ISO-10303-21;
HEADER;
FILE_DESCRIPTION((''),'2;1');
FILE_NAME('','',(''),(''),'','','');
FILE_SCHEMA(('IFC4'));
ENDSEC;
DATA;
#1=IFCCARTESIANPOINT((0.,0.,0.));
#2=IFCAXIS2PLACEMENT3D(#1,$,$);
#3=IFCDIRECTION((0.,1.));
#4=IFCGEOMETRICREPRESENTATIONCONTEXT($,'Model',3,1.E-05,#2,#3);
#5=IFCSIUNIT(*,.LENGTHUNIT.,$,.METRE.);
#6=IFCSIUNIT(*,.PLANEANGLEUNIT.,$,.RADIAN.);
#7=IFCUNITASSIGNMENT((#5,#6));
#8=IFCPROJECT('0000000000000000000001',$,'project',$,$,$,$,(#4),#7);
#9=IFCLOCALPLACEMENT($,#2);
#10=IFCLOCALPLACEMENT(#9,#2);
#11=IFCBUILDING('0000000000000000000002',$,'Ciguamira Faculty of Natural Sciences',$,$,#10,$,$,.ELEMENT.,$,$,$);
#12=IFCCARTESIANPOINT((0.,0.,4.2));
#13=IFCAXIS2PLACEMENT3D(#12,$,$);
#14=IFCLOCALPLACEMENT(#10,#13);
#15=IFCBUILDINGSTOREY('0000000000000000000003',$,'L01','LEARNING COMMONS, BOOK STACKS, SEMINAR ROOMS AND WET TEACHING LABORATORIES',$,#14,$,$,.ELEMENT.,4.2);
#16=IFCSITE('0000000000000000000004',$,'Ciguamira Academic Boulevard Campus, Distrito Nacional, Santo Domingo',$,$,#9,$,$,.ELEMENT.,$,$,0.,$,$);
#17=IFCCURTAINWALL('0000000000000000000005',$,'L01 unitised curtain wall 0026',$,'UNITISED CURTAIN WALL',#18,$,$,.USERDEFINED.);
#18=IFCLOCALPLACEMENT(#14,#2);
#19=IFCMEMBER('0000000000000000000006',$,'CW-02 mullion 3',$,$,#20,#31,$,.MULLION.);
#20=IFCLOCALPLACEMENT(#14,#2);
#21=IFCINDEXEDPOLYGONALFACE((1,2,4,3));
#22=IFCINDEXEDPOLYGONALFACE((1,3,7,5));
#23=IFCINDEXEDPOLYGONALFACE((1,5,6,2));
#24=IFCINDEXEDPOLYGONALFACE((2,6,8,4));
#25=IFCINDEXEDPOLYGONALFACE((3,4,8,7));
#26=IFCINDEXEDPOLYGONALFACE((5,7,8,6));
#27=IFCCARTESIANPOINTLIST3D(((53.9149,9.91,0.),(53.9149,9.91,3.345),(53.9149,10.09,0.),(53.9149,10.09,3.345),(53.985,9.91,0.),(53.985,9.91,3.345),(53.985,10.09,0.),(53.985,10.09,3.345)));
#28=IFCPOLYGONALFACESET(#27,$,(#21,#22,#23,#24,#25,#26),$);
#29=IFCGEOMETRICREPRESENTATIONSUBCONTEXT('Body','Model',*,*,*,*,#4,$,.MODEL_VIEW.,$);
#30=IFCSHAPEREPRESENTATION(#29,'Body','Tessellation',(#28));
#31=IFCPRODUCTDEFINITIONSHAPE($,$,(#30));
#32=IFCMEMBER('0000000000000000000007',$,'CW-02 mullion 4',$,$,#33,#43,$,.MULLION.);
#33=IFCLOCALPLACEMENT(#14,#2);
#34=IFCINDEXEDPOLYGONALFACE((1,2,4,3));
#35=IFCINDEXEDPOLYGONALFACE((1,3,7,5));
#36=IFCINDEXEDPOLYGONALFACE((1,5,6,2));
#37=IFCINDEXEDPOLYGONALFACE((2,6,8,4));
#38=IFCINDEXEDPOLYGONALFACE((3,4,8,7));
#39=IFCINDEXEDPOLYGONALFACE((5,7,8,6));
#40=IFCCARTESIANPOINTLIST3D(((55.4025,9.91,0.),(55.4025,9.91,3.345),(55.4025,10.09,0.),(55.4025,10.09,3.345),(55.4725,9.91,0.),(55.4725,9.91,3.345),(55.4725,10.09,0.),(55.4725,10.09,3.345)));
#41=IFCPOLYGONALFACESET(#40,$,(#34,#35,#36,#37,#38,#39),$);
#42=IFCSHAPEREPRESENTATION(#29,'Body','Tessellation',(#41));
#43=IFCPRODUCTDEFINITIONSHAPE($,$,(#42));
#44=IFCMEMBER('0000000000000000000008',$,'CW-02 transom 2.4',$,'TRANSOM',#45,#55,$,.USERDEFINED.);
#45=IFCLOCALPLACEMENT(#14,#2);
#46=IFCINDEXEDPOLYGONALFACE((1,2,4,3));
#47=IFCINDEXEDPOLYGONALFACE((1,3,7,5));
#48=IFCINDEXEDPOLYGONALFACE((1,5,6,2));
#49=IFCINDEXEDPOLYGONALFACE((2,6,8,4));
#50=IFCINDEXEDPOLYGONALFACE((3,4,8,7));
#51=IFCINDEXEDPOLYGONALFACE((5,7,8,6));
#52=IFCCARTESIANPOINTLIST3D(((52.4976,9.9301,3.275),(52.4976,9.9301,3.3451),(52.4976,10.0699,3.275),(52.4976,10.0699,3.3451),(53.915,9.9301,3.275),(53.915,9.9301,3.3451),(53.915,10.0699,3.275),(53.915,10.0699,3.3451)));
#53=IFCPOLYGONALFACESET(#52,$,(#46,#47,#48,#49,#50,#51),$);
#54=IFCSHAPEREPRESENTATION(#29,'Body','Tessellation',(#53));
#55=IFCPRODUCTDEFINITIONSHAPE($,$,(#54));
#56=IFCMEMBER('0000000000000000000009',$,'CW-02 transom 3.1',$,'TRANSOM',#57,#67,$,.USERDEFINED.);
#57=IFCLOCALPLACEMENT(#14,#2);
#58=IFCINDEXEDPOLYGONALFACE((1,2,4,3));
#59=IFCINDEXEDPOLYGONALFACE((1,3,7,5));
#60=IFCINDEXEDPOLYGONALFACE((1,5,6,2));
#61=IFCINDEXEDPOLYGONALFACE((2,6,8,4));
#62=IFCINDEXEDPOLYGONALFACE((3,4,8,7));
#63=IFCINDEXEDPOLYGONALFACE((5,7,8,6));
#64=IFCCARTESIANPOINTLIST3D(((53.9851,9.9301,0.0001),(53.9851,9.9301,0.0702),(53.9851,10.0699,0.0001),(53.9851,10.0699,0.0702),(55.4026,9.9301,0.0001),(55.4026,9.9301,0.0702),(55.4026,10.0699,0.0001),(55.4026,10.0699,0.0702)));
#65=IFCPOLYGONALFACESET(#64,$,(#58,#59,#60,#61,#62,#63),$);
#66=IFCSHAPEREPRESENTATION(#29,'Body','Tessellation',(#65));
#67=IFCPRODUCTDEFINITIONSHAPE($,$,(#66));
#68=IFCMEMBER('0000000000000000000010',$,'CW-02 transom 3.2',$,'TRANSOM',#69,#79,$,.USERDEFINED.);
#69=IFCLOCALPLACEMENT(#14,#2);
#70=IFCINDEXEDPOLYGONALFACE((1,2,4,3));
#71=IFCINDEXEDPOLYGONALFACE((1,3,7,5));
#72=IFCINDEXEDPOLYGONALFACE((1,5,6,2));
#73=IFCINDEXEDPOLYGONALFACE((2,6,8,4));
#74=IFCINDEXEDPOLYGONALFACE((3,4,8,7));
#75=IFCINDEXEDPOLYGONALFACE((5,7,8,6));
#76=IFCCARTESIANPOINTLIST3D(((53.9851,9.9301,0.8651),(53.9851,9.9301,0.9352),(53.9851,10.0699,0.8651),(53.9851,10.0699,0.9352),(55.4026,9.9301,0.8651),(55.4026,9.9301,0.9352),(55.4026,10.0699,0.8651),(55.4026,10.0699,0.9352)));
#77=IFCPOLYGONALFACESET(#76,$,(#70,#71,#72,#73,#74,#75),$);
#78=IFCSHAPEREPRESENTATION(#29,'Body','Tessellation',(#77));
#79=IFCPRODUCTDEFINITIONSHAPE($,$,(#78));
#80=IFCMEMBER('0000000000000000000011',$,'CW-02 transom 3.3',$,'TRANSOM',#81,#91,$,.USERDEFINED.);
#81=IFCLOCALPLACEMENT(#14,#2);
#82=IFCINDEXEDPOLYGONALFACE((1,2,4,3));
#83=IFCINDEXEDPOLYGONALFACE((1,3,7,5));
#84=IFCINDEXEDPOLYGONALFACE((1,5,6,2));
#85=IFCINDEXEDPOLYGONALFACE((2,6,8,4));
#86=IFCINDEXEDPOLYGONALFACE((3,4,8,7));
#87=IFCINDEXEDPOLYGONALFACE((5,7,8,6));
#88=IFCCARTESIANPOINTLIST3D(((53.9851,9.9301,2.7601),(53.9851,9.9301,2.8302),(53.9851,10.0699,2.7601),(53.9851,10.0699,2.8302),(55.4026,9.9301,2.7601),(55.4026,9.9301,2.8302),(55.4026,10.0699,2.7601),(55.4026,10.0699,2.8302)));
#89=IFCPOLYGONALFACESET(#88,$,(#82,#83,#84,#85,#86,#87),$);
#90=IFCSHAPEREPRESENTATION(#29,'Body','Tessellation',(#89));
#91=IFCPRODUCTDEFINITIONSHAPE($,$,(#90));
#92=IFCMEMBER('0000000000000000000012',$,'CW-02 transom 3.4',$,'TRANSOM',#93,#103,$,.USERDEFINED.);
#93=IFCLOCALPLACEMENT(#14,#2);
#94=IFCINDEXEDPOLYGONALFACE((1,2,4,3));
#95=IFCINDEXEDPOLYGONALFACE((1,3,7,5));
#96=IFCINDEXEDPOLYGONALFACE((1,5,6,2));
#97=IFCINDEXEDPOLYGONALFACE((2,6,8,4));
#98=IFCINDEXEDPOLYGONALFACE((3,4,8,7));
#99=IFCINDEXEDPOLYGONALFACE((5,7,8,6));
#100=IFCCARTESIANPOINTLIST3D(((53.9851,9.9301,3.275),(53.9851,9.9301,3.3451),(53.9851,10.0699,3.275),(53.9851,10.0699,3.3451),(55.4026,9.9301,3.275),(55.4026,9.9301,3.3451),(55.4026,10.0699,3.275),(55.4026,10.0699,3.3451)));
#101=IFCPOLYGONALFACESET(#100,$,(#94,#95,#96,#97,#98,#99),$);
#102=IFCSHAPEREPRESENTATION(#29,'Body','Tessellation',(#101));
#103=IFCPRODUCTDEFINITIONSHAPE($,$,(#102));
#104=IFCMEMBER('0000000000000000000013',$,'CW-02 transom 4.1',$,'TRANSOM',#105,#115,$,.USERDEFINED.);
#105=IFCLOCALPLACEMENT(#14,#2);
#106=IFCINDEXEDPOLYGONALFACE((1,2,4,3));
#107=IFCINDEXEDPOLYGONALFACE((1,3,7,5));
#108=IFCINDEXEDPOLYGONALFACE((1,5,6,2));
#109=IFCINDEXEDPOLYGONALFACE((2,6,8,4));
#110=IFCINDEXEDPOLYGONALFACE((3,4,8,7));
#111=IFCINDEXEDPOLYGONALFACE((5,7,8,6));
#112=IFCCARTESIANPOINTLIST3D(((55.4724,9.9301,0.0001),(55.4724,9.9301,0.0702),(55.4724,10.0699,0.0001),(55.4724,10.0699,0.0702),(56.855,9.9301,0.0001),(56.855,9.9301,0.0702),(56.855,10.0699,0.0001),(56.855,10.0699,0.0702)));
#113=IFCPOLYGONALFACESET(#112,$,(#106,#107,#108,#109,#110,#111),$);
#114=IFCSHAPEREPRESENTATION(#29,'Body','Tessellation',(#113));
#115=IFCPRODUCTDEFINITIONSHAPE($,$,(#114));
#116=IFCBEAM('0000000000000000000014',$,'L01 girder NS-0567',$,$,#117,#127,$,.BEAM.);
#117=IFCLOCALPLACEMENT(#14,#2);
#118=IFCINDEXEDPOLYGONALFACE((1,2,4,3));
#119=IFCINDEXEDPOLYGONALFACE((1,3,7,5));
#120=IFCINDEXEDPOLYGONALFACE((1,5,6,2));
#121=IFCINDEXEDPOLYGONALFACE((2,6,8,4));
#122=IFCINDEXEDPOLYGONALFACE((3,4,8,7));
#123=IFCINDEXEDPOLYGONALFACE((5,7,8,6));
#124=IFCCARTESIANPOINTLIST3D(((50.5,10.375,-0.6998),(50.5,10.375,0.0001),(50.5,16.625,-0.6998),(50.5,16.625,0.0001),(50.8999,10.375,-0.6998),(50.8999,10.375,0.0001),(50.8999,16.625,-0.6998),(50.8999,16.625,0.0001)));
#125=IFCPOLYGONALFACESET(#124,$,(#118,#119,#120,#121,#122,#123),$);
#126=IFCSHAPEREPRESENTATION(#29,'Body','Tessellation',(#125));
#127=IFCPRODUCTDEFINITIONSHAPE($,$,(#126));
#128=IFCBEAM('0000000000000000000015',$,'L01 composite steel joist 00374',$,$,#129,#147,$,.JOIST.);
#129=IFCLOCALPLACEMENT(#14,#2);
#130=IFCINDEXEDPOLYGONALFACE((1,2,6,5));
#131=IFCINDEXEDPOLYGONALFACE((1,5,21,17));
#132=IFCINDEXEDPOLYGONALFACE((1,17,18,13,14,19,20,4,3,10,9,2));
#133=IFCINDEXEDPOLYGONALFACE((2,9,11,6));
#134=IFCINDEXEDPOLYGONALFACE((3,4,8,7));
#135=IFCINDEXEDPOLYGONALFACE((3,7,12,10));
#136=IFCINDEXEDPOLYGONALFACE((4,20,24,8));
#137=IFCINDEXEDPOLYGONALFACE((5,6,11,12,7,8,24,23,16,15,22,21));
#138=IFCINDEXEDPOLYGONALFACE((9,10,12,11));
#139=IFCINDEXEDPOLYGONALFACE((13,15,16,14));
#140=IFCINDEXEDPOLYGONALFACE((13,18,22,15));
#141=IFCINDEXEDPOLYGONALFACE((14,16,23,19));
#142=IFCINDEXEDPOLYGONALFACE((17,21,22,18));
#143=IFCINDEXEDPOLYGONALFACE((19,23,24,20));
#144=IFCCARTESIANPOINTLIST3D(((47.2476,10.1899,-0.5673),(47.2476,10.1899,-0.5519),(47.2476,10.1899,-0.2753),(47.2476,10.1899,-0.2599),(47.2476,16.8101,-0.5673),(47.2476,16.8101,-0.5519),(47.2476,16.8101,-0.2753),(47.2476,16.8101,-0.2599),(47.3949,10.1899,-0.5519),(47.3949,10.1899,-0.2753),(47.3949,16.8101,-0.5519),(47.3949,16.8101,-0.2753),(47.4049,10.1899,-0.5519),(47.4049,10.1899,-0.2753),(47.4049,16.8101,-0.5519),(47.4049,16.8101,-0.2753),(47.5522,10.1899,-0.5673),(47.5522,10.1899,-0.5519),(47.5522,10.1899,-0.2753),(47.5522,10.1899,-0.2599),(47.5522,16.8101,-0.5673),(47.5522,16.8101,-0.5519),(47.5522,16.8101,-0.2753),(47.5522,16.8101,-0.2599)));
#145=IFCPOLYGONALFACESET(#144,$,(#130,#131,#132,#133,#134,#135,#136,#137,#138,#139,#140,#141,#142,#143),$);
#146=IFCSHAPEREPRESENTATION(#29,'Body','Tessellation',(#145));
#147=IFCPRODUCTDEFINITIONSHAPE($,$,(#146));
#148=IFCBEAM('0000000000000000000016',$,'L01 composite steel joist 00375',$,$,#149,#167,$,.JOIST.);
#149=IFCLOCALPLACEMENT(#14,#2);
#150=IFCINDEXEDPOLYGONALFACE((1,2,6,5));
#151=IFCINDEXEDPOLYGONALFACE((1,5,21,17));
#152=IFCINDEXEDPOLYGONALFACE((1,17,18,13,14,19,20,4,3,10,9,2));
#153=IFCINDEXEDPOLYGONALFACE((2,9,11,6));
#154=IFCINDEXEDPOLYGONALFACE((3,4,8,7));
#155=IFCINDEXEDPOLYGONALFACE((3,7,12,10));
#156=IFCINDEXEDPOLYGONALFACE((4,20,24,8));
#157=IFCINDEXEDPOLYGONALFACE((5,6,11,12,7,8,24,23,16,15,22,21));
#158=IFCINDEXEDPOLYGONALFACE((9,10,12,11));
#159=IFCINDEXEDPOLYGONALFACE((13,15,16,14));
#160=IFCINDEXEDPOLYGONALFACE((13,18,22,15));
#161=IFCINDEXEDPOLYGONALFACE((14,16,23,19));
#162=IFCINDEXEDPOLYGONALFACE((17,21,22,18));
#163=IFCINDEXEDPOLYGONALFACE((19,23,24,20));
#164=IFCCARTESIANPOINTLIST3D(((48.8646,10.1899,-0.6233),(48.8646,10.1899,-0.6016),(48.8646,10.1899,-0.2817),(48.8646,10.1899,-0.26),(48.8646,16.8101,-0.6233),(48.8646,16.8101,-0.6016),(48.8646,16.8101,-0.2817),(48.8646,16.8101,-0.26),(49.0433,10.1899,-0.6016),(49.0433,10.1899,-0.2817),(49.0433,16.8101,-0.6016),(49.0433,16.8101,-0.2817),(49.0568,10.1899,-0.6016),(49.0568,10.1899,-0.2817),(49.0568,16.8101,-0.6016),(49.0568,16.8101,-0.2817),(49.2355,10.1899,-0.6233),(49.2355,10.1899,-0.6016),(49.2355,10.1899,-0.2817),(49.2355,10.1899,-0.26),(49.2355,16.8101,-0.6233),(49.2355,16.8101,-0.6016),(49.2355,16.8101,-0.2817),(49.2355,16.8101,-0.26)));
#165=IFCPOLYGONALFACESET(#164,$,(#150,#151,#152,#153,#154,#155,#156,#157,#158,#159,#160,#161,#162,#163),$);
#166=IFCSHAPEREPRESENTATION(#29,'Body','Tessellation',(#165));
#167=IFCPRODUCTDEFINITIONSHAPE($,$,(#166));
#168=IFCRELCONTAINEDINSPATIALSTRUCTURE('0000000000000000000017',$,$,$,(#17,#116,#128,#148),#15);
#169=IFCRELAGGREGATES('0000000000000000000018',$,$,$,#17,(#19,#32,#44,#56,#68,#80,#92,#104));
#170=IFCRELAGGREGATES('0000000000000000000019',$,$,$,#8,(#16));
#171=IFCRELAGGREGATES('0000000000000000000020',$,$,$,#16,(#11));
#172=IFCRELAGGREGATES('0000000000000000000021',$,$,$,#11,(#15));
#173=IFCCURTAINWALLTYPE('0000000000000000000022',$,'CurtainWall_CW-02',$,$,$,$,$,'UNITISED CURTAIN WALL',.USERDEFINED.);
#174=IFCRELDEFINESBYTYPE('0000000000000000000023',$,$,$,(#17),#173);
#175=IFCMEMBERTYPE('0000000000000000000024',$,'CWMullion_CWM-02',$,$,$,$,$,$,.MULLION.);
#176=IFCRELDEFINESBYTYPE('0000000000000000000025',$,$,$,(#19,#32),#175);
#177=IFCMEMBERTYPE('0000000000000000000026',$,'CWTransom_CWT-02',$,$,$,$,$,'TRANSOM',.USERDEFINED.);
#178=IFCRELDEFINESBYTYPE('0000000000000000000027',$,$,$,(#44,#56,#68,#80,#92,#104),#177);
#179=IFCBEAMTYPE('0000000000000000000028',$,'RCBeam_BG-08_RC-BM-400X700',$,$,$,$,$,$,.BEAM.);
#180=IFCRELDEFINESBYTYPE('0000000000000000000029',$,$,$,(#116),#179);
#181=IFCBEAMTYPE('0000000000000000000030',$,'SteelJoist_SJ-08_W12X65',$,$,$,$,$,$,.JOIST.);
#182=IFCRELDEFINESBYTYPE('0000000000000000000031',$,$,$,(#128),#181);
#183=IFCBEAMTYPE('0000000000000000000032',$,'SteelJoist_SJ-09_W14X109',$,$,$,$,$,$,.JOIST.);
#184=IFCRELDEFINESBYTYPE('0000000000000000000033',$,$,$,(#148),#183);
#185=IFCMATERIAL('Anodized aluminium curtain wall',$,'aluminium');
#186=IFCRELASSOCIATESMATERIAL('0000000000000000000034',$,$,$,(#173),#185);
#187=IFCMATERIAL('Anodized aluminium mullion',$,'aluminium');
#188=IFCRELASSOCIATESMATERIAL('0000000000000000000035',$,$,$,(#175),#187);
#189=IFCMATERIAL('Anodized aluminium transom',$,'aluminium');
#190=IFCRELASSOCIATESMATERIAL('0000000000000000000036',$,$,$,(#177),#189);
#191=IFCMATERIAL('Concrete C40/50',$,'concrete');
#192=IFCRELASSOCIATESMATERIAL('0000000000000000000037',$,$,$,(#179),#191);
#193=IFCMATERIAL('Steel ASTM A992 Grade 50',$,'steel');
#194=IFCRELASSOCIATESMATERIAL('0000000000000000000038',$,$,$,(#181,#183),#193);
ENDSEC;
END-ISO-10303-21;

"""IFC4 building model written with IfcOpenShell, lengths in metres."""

from ifc_helpers import new_model, si_unit, direction, frame, origin, origin_2d, place, context, subcontext, project, spatial, rectangle, i_section, extrude, material, material_profile, profile_set, type_object, element, aggregate, save


model = new_model("IFC4")

# Units and contexts
model_context = context("Model", 3, precision=1e-05, world=origin(), true_north=direction((0.0, 1.0)))
body_context = subcontext(model_context, "Body", "Model", "MODEL_VIEW")
ifc_project = project(units=[si_unit("LENGTHUNIT", "METRE"), si_unit("PLANEANGLEUNIT", "RADIAN")], contexts=[model_context])

# Site, building, storey
site_placement = place(None, origin())
site = spatial("IfcSite", under=ifc_project, at=site_placement, Name="Ciguamira Academic Boulevard Campus, Distrito Nacional, Santo Domingo", CompositionType="ELEMENT", RefElevation=0.0)
building_placement = place(site_placement, origin())
building = spatial("IfcBuilding", under=site, at=building_placement, Name="Ciguamira Faculty of Natural Sciences", CompositionType="ELEMENT")
storey_placement = place(building_placement, frame((0.0, 0.0, 4.2)))
storey = spatial("IfcBuildingStorey", under=building, at=storey_placement, Name="L01", Description="LEARNING COMMONS, BOOK STACKS, SEMINAR ROOMS AND WET TEACHING LABORATORIES", CompositionType="ELEMENT", Elevation=4.2)

# Curtain wall, members
ifc_material_1 = material(Name="Anodized aluminium curtain wall", Category="aluminium")
curtain_wall_type = type_object("IfcCurtainWallType", Name="CurtainWall_CW-02", ElementType="UNITISED CURTAIN WALL", PredefinedType="USERDEFINED", material=ifc_material_1)
curtain_wall_placement = place(storey_placement, origin())
curtain_wall = element("IfcCurtainWall", 1, at=curtain_wall_placement, inside=storey, type_object=curtain_wall_type, Name="L01 unitised curtain wall 0026", ObjectType="UNITISED CURTAIN WALL", PredefinedType="USERDEFINED")
ifc_material_2 = material(Name="Anodized aluminium mullion", Category="aluminium")
ifc_material_profile_1 = material_profile(ifc_material_2, rectangle(XDim=0.0701, YDim=0.1799, at=origin_2d()), Name="ALU-MUL-70X180")
ifc_profile_set_1 = profile_set([ifc_material_profile_1], Name="Anodized aluminium mullion")
member_type_1 = type_object("IfcMemberType", Name="CWMullion_CWM-02", PredefinedType="MULLION", material=ifc_profile_set_1)
member_1_placement = place(storey_placement, frame((53.95, 10.0, 0.0), z_axis=(0.0, 0.0, 1.0), x_axis=(1.0, 0.0, 0.0)))
member_1 = element("IfcMember", 2, at=member_1_placement, type_object=member_type_1, Name="CW-02 mullion 3", PredefinedType="MULLION", context=body_context, shape_type="SweptSolid", body=[
    extrude(rectangle(XDim=0.0701, YDim=0.1799, at=origin_2d()), origin(), (0.0, 0.0, 1.0), 3.345),
])
member_2_placement = place(storey_placement, frame((55.4375, 10.0, 0.0), z_axis=(0.0, 0.0, 1.0), x_axis=(1.0, 0.0, 0.0)))
member_2 = element("IfcMember", 3, at=member_2_placement, type_object=member_type_1, Name="CW-02 mullion 4", PredefinedType="MULLION", context=body_context, shape_type="SweptSolid", body=[
    extrude(rectangle(XDim=0.0701, YDim=0.1799, at=origin_2d()), origin(), (0.0, 0.0, 1.0), 3.345),
])
ifc_material_3 = material(Name="Anodized aluminium transom", Category="aluminium")
ifc_material_profile_2 = material_profile(ifc_material_3, rectangle(XDim=0.0701, YDim=0.1399, at=origin_2d()), Name="ALU-TRN-70X140")
ifc_profile_set_2 = profile_set([ifc_material_profile_2], Name="Anodized aluminium transom")
member_type_2 = type_object("IfcMemberType", Name="CWTransom_CWT-02", ElementType="TRANSOM", PredefinedType="USERDEFINED", material=ifc_profile_set_2)
member_3_placement = place(storey_placement, frame((52.4976, 10.0, 3.3101), z_axis=(1.0, 0.0, 0.0), x_axis=(0.0, 0.0, 1.0)))
member_3 = element("IfcMember", 4, at=member_3_placement, type_object=member_type_2, Name="CW-02 transom 2.4", ObjectType="TRANSOM", PredefinedType="USERDEFINED", context=body_context, shape_type="SweptSolid", body=[
    extrude(rectangle(XDim=0.0701, YDim=0.1399, at=origin_2d()), origin(), (0.0, 0.0, 1.0), 1.4175),
])
member_4_placement = place(storey_placement, frame((53.9851, 10.0, 0.0352), z_axis=(1.0, 0.0, 0.0), x_axis=(0.0, 0.0, 1.0)))
member_4 = element("IfcMember", 5, at=member_4_placement, type_object=member_type_2, Name="CW-02 transom 3.1", ObjectType="TRANSOM", PredefinedType="USERDEFINED", context=body_context, shape_type="SweptSolid", body=[
    extrude(rectangle(XDim=0.0701, YDim=0.1399, at=origin_2d()), origin(), (0.0, 0.0, 1.0), 1.4175),
])
member_5_placement = place(storey_placement, frame((53.9851, 10.0, 0.9001), z_axis=(1.0, 0.0, 0.0), x_axis=(0.0, 0.0, 1.0)))
member_5 = element("IfcMember", 6, at=member_5_placement, type_object=member_type_2, Name="CW-02 transom 3.2", ObjectType="TRANSOM", PredefinedType="USERDEFINED", context=body_context, shape_type="SweptSolid", body=[
    extrude(rectangle(XDim=0.0701, YDim=0.1399, at=origin_2d()), origin(), (0.0, 0.0, 1.0), 1.4175),
])
member_6_placement = place(storey_placement, frame((53.9851, 10.0, 2.7952), z_axis=(1.0, 0.0, 0.0), x_axis=(0.0, 0.0, 1.0)))
member_6 = element("IfcMember", 7, at=member_6_placement, type_object=member_type_2, Name="CW-02 transom 3.3", ObjectType="TRANSOM", PredefinedType="USERDEFINED", context=body_context, shape_type="SweptSolid", body=[
    extrude(rectangle(XDim=0.0701, YDim=0.1399, at=origin_2d()), origin(), (0.0, 0.0, 1.0), 1.4175),
])
member_7_placement = place(storey_placement, frame((53.9851, 10.0, 3.3101), z_axis=(1.0, 0.0, 0.0), x_axis=(0.0, 0.0, 1.0)))
member_7 = element("IfcMember", 8, at=member_7_placement, type_object=member_type_2, Name="CW-02 transom 3.4", ObjectType="TRANSOM", PredefinedType="USERDEFINED", context=body_context, shape_type="SweptSolid", body=[
    extrude(rectangle(XDim=0.0701, YDim=0.1399, at=origin_2d()), origin(), (0.0, 0.0, 1.0), 1.4175),
])
member_8_placement = place(storey_placement, frame((55.4724, 10.0, 0.0352), z_axis=(1.0, 0.0, 0.0), x_axis=(0.0, 0.0, 1.0)))
member_8 = element("IfcMember", 9, at=member_8_placement, type_object=member_type_2, Name="CW-02 transom 4.1", ObjectType="TRANSOM", PredefinedType="USERDEFINED", context=body_context, shape_type="SweptSolid", body=[
    extrude(rectangle(XDim=0.0701, YDim=0.1399, at=origin_2d()), origin(), (0.0, 0.0, 1.0), 1.3826),
])

# Beams
ifc_material_4 = material(Name="Concrete C40/50", Category="concrete")
ifc_material_profile_3 = material_profile(ifc_material_4, rectangle(XDim=0.3999, YDim=0.7, at=origin_2d()), Name="RC-BM-400X700")
ifc_profile_set_3 = profile_set([ifc_material_profile_3], Name="Concrete C40/50")
beam_type_1 = type_object("IfcBeamType", Name="RCBeam_BG-08_RC-BM-400X700", PredefinedType="BEAM", material=ifc_profile_set_3)
beam_1_placement = place(storey_placement, frame((50.7, 10.375, -0.3499), z_axis=(0.0, 1.0, 0.0), x_axis=(-1.0, 0.0, 0.0)))
element("IfcBeam", 10, at=beam_1_placement, inside=storey, type_object=beam_type_1, Name="L01 girder NS-0567", PredefinedType="BEAM", context=body_context, shape_type="SweptSolid", body=[
    extrude(rectangle(XDim=0.3999, YDim=0.7, at=origin_2d()), origin(), (0.0, 0.0, 1.0), 6.25),
])
ifc_material_5 = material(Name="Steel ASTM A992 Grade 50", Category="steel")
ifc_material_profile_4 = material_profile(ifc_material_5, i_section(OverallWidth=0.3047, OverallDepth=0.3074, WebThickness=0.01, FlangeThickness=0.0154, at=origin_2d()), Name="W12X65")
ifc_profile_set_4 = profile_set([ifc_material_profile_4], Name="Steel ASTM A992 Grade 50")
beam_type_2 = type_object("IfcBeamType", Name="SteelJoist_SJ-08_W12X65", PredefinedType="JOIST", material=ifc_profile_set_4)
beam_2_placement = place(storey_placement, frame((47.3999, 10.1899, -0.4136), z_axis=(0.0, 1.0, 0.0), x_axis=(-1.0, 0.0, 0.0)))
element("IfcBeam", 11, at=beam_2_placement, inside=storey, type_object=beam_type_2, Name="L01 composite steel joist 00374", PredefinedType="JOIST", context=body_context, shape_type="SweptSolid", body=[
    extrude(i_section(OverallWidth=0.3047, OverallDepth=0.3074, WebThickness=0.01, FlangeThickness=0.0154, at=origin_2d()), origin(), (0.0, 0.0, 1.0), 6.6201),
])
ifc_material_profile_5 = material_profile(ifc_material_5, i_section(OverallWidth=0.3708, OverallDepth=0.3633, WebThickness=0.0134, FlangeThickness=0.0217, at=origin_2d()), Name="W14X109")
ifc_profile_set_5 = profile_set([ifc_material_profile_5], Name="Steel ASTM A992 Grade 50")
beam_type_3 = type_object("IfcBeamType", Name="SteelJoist_SJ-09_W14X109", PredefinedType="JOIST", material=ifc_profile_set_5)
beam_3_placement = place(storey_placement, frame((49.05, 10.1899, -0.4417), z_axis=(0.0, 1.0, 0.0), x_axis=(-1.0, 0.0, 0.0)))
element("IfcBeam", 12, at=beam_3_placement, inside=storey, type_object=beam_type_3, Name="L01 composite steel joist 00375", PredefinedType="JOIST", context=body_context, shape_type="SweptSolid", body=[
    extrude(i_section(OverallWidth=0.3708, OverallDepth=0.3633, WebThickness=0.0134, FlangeThickness=0.0217, at=origin_2d()), origin(), (0.0, 0.0, 1.0), 6.6201),
])

aggregate(curtain_wall, [member_1, member_2, member_3, member_4, member_5, member_6, member_7, member_8])

save(model, "model.ifc")
